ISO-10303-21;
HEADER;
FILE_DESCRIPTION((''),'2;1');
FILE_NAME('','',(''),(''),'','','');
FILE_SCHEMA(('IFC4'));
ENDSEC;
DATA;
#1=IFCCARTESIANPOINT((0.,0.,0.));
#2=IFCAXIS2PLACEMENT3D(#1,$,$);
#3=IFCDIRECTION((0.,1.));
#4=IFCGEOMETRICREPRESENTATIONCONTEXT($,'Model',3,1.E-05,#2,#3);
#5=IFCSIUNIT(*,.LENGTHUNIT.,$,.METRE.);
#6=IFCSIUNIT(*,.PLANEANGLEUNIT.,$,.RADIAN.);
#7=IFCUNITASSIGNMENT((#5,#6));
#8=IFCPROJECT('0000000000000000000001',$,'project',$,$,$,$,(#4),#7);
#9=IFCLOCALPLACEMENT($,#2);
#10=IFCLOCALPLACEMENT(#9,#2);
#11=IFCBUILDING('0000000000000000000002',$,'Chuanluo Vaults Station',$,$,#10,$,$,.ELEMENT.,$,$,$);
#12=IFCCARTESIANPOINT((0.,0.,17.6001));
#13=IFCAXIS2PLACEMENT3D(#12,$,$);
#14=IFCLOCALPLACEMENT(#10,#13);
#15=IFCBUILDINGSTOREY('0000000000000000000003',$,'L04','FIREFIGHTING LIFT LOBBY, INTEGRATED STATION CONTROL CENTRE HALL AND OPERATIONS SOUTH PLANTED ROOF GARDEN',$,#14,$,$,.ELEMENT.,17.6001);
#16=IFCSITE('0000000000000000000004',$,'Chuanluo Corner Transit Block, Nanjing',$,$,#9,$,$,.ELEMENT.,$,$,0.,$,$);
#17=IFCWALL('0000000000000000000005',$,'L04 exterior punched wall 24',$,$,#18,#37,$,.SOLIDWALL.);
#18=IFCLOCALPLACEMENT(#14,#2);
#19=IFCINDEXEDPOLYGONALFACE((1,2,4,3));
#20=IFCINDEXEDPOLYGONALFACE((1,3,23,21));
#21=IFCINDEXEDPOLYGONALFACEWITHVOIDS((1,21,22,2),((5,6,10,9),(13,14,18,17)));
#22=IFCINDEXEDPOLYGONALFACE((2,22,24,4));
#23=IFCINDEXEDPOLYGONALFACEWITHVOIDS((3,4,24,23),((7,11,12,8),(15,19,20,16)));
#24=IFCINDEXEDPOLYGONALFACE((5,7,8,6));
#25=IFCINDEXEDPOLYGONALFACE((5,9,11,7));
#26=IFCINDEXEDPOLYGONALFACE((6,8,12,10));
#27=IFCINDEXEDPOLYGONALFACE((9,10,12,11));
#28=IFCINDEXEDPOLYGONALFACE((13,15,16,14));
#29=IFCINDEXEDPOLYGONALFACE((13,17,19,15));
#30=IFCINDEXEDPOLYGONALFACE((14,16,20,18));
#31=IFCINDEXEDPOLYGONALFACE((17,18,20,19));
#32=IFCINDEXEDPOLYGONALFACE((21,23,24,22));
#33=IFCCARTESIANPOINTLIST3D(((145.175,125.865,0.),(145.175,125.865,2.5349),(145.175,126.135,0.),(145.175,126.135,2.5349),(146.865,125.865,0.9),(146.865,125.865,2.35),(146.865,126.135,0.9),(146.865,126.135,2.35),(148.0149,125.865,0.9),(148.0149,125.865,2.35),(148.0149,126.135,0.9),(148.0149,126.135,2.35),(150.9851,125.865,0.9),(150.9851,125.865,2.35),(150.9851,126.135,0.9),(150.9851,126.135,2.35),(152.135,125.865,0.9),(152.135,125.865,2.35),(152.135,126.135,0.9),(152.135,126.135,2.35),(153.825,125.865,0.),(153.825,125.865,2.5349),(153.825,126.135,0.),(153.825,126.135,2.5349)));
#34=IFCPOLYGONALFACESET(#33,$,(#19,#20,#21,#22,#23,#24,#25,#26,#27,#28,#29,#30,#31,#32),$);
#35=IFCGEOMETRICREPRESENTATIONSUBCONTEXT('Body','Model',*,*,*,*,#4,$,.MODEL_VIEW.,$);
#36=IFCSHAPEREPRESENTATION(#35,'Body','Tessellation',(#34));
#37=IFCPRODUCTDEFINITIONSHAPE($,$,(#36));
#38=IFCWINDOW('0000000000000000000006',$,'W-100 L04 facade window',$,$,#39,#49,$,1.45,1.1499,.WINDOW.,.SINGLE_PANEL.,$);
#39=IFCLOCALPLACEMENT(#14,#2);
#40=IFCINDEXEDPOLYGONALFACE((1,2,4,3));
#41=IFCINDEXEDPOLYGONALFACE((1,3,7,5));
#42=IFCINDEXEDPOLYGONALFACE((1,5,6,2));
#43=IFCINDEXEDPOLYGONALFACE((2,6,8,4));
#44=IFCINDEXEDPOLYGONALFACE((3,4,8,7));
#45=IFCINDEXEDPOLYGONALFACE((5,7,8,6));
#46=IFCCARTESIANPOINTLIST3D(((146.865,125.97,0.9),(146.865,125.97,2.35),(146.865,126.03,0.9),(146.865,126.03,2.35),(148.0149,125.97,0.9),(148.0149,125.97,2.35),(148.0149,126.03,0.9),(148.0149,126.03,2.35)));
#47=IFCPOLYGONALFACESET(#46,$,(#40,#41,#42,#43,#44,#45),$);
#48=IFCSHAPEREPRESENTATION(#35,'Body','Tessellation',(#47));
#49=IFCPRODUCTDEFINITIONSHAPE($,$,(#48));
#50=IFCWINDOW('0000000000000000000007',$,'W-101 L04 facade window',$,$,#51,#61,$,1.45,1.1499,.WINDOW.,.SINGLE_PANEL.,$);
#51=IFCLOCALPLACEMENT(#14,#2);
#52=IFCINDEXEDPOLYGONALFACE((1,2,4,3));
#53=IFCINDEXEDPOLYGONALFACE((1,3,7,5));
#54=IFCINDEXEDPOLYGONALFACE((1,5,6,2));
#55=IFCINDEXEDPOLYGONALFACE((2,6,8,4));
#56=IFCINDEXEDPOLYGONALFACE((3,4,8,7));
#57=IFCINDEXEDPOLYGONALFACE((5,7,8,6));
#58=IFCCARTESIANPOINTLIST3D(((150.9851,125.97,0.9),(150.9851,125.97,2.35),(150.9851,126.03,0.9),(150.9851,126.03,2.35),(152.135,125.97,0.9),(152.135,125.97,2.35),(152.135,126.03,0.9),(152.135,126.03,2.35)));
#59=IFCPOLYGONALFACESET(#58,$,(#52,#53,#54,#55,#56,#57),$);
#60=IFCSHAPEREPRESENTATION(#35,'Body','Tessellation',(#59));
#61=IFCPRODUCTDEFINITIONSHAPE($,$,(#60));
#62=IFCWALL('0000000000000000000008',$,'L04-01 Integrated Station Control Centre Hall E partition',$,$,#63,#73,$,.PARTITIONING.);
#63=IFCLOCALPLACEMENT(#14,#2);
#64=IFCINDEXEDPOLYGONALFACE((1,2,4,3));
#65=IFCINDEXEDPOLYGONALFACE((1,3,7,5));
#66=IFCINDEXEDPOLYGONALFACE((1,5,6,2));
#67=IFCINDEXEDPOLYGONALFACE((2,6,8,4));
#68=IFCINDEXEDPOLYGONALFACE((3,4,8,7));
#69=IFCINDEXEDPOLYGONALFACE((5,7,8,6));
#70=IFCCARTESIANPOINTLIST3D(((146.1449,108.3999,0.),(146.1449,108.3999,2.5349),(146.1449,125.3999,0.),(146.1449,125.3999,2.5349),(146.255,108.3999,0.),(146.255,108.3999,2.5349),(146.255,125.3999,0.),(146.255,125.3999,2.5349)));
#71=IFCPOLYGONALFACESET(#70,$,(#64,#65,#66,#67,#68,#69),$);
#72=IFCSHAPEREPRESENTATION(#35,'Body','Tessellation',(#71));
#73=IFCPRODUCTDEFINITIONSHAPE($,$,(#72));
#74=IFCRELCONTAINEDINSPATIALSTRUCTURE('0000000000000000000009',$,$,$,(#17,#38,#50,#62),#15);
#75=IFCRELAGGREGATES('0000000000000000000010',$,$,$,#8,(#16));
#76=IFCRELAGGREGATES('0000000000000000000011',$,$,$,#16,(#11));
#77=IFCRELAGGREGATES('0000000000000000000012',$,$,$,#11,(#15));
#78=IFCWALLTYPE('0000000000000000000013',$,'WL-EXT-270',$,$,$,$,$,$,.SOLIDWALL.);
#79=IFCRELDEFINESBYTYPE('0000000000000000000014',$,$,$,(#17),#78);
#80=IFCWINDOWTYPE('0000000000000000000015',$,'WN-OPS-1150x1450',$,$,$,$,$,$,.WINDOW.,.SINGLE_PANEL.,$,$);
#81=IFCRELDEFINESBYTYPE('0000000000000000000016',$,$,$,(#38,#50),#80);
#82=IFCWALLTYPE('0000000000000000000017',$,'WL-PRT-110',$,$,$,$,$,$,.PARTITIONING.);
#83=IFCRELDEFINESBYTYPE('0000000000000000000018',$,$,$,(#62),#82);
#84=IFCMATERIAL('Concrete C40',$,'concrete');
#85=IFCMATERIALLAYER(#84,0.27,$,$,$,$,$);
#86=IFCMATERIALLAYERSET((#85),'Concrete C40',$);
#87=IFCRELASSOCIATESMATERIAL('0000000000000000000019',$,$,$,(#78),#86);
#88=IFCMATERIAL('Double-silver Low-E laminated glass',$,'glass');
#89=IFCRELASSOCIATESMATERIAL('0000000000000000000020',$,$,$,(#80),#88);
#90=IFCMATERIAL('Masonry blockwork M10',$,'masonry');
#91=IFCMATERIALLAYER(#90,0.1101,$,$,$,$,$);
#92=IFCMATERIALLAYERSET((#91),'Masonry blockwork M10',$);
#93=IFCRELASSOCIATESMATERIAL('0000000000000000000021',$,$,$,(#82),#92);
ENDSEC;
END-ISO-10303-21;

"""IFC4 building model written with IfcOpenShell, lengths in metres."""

from ifc_helpers import new_model, si_unit, direction, frame, frame_2d, origin, place, context, subcontext, project, spatial, rectangle, extrude, material, layer, layer_set, type_object, element, fill, save


model = new_model("IFC4")

# Units and contexts
model_context = context("Model", 3, precision=1e-05, world=origin(), true_north=direction((0.0, 1.0)))
body_context = subcontext(model_context, "Body", "Model", "MODEL_VIEW")
ifc_project = project(units=[si_unit("LENGTHUNIT", "METRE"), si_unit("PLANEANGLEUNIT", "RADIAN")], contexts=[model_context])

# Site, building, storey
site_placement = place(None, origin())
site = spatial("IfcSite", under=ifc_project, at=site_placement, Name="Chuanluo Corner Transit Block, Nanjing", CompositionType="ELEMENT", RefElevation=0.0)
building_placement = place(site_placement, origin())
building = spatial("IfcBuilding", under=site, at=building_placement, Name="Chuanluo Vaults Station", CompositionType="ELEMENT")
storey_placement = place(building_placement, frame((0.0, 0.0, 17.6001)))
storey = spatial("IfcBuildingStorey", under=building, at=storey_placement, Name="L04", Description="FIREFIGHTING LIFT LOBBY, INTEGRATED STATION CONTROL CENTRE HALL AND OPERATIONS SOUTH PLANTED ROOF GARDEN", CompositionType="ELEMENT", Elevation=17.6001)

# Wall, openings, windows
ifc_material_1 = material(Name="Concrete C40", Category="concrete")
ifc_layer_1 = layer(ifc_material_1, 0.27)
ifc_layer_set_1 = layer_set([ifc_layer_1], Name="Concrete C40")
wall_type_1 = type_object("IfcWallType", Name="WL-EXT-270", PredefinedType="SOLIDWALL", material=ifc_layer_set_1)
ifc_material_2 = material(Name="Double-silver Low-E laminated glass", Category="glass")
window_type = type_object("IfcWindowType", Name="WN-OPS-1150x1450", PartitioningType="SINGLE_PANEL", PredefinedType="WINDOW", material=ifc_material_2)
wall_1_placement = place(storey_placement, frame((145.175, 126.0, 0.0), z_axis=(0.0, 0.0, 1.0), x_axis=(1.0, 0.0, 0.0)))
wall_1 = element("IfcWall", 1, at=wall_1_placement, inside=storey, type_object=wall_type_1, Name="L04 exterior punched wall 24", PredefinedType="SOLIDWALL", context=body_context, shape_type="SweptSolid", body=[
    extrude(rectangle(XDim=8.6499, YDim=0.27, at=frame_2d((4.325, 0.0))), origin(), (0.0, 0.0, 1.0), 2.5349),
])
opening_1_placement = place(wall_1_placement, frame((1.6899, 0.0, 0.8999)))
opening_1 = element("IfcOpeningElement", 2, at=opening_1_placement, cuts=wall_1, PredefinedType="OPENING", context=body_context, shape_type="SweptSolid", body=[
    extrude(rectangle(XDim=1.1499, YDim=1.45, at=frame_2d((0.575, 0.7251))), frame((0.0, 0.145, 0.0), z_axis=(0.0, -1.0, 0.0), x_axis=(1.0, 0.0, 0.0)), (0.0, 0.0, 1.0), 0.29),
])
opening_2_placement = place(wall_1_placement, frame((5.8101, 0.0, 0.8999)))
opening_2 = element("IfcOpeningElement", 3, at=opening_2_placement, cuts=wall_1, PredefinedType="OPENING", context=body_context, shape_type="SweptSolid", body=[
    extrude(rectangle(XDim=1.1499, YDim=1.45, at=frame_2d((0.575, 0.7251))), frame((0.0, 0.145, 0.0), z_axis=(0.0, -1.0, 0.0), x_axis=(1.0, 0.0, 0.0)), (0.0, 0.0, 1.0), 0.29),
])
window_1_placement = place(opening_1_placement, origin())
window_1 = element("IfcWindow", 4, at=window_1_placement, inside=storey, type_object=window_type, Name="W-100 L04 facade window", OverallHeight=1.45, OverallWidth=1.1499, PartitioningType="SINGLE_PANEL", PredefinedType="WINDOW", context=body_context, shape_type="SweptSolid", body=[
    extrude(rectangle(XDim=1.1499, YDim=1.45, at=frame_2d((0.575, 0.7251))), frame((0.0, 0.03, 0.0), z_axis=(0.0, -1.0, 0.0), x_axis=(1.0, 0.0, 0.0)), (0.0, 0.0, 1.0), 0.0601),
])
fill(opening_1, window_1)
window_2_placement = place(opening_2_placement, origin())
window_2 = element("IfcWindow", 5, at=window_2_placement, inside=storey, type_object=window_type, Name="W-101 L04 facade window", OverallHeight=1.45, OverallWidth=1.1499, PartitioningType="SINGLE_PANEL", PredefinedType="WINDOW", context=body_context, shape_type="SweptSolid", body=[
    extrude(rectangle(XDim=1.1499, YDim=1.45, at=frame_2d((0.575, 0.7251))), frame((0.0, 0.03, 0.0), z_axis=(0.0, -1.0, 0.0), x_axis=(1.0, 0.0, 0.0)), (0.0, 0.0, 1.0), 0.0601),
])
fill(opening_2, window_2)

# Wall
ifc_material_3 = material(Name="Masonry blockwork M10", Category="masonry")
ifc_layer_2 = layer(ifc_material_3, 0.1101)
ifc_layer_set_2 = layer_set([ifc_layer_2], Name="Masonry blockwork M10")
wall_type_2 = type_object("IfcWallType", Name="WL-PRT-110", PredefinedType="PARTITIONING", material=ifc_layer_set_2)
wall_2_placement = place(storey_placement, frame((146.2, 125.3999, 0.0), z_axis=(0.0, 0.0, 1.0), x_axis=(0.0, -1.0, 0.0)))
element("IfcWall", 6, at=wall_2_placement, inside=storey, type_object=wall_type_2, Name="L04-01 Integrated Station Control Centre Hall E partition", PredefinedType="PARTITIONING", context=body_context, shape_type="SweptSolid", body=[
    extrude(rectangle(XDim=17.0, YDim=0.1101, at=frame_2d((8.5, 0.0))), origin(), (0.0, 0.0, 1.0), 2.5349),
])

save(model, "model.ifc")
